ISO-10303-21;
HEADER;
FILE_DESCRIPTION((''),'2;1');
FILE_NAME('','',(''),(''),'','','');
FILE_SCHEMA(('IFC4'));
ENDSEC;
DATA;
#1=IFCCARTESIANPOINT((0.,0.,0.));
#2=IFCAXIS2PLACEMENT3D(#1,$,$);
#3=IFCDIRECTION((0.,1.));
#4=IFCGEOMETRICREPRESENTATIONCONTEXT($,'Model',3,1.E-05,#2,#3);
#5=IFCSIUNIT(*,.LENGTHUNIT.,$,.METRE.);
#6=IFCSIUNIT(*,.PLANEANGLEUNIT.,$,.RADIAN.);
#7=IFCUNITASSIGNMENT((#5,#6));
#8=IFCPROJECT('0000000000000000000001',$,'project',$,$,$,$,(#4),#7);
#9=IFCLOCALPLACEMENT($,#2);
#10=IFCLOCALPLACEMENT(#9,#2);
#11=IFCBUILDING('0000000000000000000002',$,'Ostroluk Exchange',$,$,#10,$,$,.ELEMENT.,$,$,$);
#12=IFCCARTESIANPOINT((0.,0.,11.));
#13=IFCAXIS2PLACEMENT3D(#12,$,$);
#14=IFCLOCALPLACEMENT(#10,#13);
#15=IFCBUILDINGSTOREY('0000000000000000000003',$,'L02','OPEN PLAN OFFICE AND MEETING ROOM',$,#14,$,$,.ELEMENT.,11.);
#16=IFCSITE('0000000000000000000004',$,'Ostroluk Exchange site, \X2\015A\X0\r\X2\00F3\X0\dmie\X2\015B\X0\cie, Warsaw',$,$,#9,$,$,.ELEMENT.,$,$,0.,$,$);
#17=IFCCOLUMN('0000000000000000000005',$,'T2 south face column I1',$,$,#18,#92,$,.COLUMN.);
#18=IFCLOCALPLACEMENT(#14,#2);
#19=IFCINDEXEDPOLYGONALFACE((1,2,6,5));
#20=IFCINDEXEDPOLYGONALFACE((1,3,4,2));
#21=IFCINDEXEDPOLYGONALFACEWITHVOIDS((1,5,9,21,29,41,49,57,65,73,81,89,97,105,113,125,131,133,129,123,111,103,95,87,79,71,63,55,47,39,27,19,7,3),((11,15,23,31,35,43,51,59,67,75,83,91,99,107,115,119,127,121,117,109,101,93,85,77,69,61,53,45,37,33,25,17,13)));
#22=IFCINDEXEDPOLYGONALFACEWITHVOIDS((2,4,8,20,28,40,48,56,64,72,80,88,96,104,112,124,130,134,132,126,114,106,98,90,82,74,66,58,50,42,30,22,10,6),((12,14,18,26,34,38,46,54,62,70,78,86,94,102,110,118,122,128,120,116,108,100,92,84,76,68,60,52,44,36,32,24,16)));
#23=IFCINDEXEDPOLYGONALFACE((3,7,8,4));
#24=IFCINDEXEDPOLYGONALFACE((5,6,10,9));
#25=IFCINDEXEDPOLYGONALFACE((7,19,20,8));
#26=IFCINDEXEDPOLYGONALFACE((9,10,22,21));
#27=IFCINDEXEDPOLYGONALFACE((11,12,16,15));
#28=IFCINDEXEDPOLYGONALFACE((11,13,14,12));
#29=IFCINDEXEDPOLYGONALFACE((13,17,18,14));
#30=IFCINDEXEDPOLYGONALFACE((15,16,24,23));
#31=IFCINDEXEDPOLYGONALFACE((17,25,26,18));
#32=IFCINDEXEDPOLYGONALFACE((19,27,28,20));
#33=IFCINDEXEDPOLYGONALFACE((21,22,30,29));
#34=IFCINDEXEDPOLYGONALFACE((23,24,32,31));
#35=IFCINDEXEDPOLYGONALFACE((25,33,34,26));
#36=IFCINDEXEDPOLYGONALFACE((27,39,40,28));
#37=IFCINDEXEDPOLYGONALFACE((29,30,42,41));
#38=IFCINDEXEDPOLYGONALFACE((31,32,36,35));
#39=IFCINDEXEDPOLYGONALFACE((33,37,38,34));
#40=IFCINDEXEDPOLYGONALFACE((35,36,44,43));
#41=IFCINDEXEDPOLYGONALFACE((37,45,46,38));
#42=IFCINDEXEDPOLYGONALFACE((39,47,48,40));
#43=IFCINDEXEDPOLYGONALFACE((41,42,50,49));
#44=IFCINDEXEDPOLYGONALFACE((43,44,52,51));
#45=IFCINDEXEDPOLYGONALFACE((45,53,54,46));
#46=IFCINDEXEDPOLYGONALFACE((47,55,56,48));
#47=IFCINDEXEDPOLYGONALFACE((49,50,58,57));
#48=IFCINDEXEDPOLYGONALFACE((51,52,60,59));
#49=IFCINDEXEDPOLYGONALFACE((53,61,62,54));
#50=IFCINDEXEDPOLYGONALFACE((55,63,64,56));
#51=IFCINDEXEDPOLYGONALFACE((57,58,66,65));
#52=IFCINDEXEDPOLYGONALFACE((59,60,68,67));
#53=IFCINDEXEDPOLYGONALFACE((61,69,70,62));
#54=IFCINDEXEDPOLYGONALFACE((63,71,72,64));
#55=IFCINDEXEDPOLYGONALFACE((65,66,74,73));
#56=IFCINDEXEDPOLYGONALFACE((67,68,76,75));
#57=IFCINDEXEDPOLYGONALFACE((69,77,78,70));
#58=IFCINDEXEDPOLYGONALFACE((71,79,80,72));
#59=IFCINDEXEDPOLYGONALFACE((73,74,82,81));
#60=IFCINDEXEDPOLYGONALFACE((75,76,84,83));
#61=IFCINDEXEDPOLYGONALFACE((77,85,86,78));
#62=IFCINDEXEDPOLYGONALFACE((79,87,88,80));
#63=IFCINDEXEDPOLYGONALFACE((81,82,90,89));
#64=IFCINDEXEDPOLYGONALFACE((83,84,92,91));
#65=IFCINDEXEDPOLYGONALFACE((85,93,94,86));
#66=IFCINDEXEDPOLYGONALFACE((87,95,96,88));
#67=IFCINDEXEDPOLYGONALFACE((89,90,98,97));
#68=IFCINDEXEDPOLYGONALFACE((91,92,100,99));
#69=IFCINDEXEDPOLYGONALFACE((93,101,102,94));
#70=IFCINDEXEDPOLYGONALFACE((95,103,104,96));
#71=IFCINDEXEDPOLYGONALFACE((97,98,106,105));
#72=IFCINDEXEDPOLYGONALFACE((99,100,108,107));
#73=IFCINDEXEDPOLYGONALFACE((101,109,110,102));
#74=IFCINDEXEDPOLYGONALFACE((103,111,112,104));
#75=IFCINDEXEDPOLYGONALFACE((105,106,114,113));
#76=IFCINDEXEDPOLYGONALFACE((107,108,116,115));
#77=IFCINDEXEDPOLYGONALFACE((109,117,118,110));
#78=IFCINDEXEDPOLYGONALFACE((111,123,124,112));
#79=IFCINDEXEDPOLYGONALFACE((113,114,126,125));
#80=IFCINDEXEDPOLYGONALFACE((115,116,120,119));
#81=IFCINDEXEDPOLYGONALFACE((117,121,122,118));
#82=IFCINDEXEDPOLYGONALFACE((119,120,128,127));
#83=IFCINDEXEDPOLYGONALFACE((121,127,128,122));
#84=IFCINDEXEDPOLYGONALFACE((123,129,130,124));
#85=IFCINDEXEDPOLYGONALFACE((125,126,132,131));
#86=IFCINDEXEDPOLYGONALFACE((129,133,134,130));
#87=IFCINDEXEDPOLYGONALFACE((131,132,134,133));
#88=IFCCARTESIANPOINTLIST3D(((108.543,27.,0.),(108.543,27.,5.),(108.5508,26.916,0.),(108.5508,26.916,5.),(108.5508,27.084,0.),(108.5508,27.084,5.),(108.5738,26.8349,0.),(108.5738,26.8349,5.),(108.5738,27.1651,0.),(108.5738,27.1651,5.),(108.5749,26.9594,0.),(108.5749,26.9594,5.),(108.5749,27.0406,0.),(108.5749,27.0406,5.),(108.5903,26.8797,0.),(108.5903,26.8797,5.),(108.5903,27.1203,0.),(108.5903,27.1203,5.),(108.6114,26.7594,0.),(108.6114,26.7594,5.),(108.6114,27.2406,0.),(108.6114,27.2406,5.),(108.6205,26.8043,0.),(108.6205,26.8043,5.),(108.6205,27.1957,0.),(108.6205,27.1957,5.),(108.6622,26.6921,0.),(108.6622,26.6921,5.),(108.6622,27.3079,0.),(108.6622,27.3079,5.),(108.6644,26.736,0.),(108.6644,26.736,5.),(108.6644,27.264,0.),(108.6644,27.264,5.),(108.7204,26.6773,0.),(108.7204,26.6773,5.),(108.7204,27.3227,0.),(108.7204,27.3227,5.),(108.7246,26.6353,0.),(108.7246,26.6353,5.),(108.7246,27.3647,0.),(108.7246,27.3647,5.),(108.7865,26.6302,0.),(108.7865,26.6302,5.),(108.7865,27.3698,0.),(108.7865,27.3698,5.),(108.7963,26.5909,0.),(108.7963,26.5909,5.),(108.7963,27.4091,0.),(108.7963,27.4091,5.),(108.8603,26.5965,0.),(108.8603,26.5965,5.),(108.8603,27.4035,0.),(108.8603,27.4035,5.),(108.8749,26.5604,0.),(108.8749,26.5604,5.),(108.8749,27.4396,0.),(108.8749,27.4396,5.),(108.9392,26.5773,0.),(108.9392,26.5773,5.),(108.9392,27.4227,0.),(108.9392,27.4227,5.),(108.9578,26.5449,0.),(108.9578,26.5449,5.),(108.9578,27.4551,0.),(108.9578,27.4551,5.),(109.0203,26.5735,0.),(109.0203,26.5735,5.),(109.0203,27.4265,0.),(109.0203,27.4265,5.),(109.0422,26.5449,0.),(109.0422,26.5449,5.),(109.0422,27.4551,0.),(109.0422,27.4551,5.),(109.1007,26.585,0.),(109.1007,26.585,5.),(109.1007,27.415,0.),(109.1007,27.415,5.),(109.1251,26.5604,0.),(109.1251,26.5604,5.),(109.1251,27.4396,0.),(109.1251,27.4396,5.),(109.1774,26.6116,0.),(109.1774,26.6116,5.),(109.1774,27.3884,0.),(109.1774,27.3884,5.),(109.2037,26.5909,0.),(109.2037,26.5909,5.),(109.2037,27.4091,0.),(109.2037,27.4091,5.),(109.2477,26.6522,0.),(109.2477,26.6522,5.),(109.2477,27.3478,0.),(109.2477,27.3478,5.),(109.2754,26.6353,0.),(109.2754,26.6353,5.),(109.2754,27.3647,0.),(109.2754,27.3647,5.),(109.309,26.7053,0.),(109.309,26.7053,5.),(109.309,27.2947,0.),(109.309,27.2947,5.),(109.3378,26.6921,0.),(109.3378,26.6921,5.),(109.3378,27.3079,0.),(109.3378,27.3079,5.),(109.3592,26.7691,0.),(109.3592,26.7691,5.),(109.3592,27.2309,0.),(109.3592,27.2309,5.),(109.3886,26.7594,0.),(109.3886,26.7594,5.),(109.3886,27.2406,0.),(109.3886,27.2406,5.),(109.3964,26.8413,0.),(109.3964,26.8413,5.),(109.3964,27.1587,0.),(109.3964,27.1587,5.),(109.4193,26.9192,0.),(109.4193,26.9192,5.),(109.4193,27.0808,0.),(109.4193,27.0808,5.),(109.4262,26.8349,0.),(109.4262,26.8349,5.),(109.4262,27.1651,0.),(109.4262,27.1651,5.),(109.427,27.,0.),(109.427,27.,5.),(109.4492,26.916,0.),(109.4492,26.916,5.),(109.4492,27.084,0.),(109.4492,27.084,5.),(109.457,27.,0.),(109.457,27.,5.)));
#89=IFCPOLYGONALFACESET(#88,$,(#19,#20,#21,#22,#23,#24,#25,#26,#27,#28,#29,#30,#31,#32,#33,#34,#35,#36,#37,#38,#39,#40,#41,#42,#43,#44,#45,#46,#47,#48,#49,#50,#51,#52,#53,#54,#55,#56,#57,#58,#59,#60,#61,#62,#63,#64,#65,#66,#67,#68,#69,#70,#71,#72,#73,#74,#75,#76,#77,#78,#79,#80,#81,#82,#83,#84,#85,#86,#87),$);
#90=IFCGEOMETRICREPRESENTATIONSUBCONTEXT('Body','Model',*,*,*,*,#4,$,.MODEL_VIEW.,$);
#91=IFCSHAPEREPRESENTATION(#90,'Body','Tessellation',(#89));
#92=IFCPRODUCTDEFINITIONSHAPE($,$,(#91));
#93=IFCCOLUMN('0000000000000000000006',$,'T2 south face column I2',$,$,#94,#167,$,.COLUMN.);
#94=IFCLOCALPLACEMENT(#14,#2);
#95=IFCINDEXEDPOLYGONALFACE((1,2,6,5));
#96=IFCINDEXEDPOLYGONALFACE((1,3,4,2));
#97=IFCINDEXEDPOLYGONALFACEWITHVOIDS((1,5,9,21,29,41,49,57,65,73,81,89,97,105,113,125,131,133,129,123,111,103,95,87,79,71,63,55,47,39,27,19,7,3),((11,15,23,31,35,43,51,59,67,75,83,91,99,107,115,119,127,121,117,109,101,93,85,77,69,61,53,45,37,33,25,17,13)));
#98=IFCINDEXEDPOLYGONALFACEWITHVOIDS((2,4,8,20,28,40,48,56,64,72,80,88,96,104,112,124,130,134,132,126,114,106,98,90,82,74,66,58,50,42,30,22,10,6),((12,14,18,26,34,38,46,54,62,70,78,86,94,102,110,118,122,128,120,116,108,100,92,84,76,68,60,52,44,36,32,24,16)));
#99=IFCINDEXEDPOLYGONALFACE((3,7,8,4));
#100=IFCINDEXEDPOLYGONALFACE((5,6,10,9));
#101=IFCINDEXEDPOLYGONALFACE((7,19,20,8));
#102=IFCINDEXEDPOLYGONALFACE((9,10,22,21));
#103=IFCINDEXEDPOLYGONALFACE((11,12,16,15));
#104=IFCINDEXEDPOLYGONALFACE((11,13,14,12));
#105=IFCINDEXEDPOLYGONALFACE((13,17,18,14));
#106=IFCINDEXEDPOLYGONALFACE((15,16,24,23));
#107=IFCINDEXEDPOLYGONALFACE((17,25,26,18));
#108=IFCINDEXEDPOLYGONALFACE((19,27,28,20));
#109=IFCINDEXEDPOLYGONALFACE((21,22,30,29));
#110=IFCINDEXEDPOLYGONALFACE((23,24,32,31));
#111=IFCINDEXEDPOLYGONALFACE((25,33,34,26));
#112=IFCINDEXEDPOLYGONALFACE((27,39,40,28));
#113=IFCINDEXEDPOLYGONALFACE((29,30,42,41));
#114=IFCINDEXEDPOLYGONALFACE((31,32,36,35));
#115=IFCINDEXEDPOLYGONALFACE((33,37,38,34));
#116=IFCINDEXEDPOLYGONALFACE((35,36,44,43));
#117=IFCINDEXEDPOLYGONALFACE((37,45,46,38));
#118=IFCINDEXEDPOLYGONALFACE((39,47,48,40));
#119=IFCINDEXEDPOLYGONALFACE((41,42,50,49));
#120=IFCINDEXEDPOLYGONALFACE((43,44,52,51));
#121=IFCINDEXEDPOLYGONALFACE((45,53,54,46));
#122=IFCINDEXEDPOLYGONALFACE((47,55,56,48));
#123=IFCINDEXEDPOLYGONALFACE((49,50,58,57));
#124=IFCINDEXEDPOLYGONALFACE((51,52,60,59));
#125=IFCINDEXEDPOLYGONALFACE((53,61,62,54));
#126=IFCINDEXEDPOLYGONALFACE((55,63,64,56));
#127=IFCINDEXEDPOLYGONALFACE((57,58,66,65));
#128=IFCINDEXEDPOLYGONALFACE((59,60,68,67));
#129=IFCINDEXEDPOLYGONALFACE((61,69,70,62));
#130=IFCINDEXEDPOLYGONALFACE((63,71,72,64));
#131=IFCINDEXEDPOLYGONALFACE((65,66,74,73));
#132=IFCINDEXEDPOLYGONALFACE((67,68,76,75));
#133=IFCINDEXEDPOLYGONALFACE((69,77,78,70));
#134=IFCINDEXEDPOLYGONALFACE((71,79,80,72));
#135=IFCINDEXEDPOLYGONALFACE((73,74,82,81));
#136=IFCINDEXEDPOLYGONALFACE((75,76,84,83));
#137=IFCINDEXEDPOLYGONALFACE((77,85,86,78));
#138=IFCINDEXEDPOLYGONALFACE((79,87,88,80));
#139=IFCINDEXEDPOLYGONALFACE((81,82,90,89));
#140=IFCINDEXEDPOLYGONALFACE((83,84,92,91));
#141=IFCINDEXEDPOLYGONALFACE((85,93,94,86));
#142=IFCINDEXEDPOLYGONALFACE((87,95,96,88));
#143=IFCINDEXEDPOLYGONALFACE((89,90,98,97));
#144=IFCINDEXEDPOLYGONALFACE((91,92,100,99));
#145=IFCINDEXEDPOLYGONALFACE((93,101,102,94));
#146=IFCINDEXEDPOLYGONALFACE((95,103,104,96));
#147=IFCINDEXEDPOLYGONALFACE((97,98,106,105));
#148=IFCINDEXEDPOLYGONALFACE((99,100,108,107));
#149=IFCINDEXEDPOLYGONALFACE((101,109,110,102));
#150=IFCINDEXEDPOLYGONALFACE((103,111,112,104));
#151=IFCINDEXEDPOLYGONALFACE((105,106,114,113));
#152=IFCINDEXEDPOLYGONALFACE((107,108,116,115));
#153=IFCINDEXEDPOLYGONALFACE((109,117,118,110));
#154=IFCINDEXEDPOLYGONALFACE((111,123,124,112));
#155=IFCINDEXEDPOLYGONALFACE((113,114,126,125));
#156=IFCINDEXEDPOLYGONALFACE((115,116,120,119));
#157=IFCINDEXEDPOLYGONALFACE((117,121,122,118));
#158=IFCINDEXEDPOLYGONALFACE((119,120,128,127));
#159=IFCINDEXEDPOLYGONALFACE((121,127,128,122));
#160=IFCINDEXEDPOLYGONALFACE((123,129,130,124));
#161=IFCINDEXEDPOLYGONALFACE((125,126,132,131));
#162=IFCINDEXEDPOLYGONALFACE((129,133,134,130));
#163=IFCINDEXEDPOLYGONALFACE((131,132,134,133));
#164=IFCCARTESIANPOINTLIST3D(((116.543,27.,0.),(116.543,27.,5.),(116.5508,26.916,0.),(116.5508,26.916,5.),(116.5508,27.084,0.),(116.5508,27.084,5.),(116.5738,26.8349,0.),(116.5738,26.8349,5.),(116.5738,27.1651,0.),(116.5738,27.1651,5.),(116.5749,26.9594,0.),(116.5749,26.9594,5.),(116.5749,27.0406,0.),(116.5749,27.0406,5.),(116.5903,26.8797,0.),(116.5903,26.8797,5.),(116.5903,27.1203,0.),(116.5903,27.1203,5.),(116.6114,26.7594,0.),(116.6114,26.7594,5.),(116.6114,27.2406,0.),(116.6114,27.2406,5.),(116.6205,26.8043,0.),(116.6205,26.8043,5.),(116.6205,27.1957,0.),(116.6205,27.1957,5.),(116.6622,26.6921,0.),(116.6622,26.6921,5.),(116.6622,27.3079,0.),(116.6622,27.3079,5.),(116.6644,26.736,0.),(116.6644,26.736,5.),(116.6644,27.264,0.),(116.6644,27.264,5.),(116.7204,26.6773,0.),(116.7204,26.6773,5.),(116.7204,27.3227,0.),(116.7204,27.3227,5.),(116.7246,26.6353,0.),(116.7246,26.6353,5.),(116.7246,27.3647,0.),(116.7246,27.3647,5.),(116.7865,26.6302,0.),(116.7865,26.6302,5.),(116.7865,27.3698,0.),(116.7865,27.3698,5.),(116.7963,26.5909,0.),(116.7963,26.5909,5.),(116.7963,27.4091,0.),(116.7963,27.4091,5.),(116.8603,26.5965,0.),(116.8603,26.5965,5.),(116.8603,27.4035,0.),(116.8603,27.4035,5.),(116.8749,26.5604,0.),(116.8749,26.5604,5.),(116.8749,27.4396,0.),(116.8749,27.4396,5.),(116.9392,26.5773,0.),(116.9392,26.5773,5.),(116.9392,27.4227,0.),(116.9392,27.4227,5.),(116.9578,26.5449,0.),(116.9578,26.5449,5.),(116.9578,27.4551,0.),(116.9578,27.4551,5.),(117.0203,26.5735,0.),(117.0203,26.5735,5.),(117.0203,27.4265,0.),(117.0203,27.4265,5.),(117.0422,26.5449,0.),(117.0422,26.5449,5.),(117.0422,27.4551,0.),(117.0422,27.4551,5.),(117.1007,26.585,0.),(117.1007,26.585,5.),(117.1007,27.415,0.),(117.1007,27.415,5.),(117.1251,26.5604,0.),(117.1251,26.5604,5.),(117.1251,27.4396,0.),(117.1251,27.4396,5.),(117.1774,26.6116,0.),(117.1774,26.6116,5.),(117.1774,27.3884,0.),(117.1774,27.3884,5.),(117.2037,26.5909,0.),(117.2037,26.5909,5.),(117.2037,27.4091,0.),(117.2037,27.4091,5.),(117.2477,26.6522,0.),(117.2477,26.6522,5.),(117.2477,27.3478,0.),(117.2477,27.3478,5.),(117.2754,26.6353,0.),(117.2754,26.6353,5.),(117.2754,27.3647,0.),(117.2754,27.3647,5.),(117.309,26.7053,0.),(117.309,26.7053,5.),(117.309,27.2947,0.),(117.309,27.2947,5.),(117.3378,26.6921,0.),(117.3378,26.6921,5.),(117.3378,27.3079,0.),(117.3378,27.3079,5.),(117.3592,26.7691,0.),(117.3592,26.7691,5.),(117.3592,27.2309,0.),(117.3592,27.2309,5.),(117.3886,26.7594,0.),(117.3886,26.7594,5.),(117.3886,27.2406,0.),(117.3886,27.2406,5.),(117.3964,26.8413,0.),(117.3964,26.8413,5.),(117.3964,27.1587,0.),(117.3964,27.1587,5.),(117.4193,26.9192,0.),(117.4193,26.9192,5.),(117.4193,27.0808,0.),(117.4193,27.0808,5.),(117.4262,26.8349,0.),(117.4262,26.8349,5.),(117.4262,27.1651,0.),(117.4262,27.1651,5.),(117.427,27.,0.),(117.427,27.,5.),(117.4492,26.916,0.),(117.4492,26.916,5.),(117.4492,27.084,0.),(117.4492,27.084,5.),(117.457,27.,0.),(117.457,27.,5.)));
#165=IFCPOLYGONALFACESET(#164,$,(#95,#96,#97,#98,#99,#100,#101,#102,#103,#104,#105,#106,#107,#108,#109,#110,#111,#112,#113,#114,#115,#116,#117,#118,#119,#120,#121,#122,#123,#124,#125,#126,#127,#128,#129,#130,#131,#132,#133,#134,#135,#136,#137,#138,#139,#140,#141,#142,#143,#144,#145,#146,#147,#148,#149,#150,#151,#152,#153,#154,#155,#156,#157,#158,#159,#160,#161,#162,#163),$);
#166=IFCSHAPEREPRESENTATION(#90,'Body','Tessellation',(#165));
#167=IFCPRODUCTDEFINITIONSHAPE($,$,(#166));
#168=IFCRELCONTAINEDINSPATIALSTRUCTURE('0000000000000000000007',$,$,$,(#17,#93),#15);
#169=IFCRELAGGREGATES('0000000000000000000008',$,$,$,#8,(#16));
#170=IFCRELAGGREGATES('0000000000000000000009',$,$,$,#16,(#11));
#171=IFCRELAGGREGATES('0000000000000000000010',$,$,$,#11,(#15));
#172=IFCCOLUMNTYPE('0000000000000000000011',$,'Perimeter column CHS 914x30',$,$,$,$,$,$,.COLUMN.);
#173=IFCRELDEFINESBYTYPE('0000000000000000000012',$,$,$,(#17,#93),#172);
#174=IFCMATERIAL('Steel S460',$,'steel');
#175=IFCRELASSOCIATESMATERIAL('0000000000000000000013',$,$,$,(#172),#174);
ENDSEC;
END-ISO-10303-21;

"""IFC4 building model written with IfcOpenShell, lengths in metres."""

from ifc_helpers import new_model, si_unit, direction, frame, origin, origin_2d, place, context, subcontext, project, spatial, hollow_circle, extrude, material, material_profile, profile_set, type_object, element, save


model = new_model("IFC4")

# Units and contexts
model_context = context("Model", 3, precision=1e-05, world=origin(), true_north=direction((0.0, 1.0)))
body_context = subcontext(model_context, "Body", "Model", "MODEL_VIEW")
ifc_project = project(units=[si_unit("LENGTHUNIT", "METRE"), si_unit("PLANEANGLEUNIT", "RADIAN")], contexts=[model_context])

# Site, building, storey
site_placement = place(None, origin())
site = spatial("IfcSite", under=ifc_project, at=site_placement, Name="Ostroluk Exchange site, Śródmieście, Warsaw", CompositionType="ELEMENT", RefElevation=0.0)
building_placement = place(site_placement, origin())
building = spatial("IfcBuilding", under=site, at=building_placement, Name="Ostroluk Exchange", CompositionType="ELEMENT")
storey_placement = place(building_placement, frame((0.0, 0.0, 11.0)))
storey = spatial("IfcBuildingStorey", under=building, at=storey_placement, Name="L02", Description="OPEN PLAN OFFICE AND MEETING ROOM", CompositionType="ELEMENT", Elevation=11.0)

# Columns
ifc_material_1 = material(Name="Steel S460", Category="steel")
ifc_material_profile_1 = material_profile(ifc_material_1, hollow_circle(Radius=0.457, WallThickness=0.03, at=origin_2d()), Name="CHS 914x30")
ifc_profile_set_1 = profile_set([ifc_material_profile_1], Name="Steel S460")
column_type_1 = type_object("IfcColumnType", Name="Perimeter column CHS 914x30", PredefinedType="COLUMN", material=ifc_profile_set_1)
for number, where, z_axis, x_axis, name in (
    (1, (109.0, 27.0, 0.0), (0.0, 0.0, 1.0), (1.0, 0.0, 0.0), "T2 south face column I1"),
    (2, (117.0, 27.0, 0.0), (0.0, 0.0, 1.0), (1.0, 0.0, 0.0), "T2 south face column I2"),
):
    element("IfcColumn", number, at=place(storey_placement, frame(where, z_axis=z_axis, x_axis=x_axis)), inside=storey, type_object=column_type_1, Name=name, PredefinedType="COLUMN", context=body_context, shape_type="SweptSolid", body=[
        extrude(hollow_circle(Radius=0.457, WallThickness=0.03, at=origin_2d()), origin(), (0.0, 0.0, 1.0), 5.0),
    ])

save(model, "model.ifc")
